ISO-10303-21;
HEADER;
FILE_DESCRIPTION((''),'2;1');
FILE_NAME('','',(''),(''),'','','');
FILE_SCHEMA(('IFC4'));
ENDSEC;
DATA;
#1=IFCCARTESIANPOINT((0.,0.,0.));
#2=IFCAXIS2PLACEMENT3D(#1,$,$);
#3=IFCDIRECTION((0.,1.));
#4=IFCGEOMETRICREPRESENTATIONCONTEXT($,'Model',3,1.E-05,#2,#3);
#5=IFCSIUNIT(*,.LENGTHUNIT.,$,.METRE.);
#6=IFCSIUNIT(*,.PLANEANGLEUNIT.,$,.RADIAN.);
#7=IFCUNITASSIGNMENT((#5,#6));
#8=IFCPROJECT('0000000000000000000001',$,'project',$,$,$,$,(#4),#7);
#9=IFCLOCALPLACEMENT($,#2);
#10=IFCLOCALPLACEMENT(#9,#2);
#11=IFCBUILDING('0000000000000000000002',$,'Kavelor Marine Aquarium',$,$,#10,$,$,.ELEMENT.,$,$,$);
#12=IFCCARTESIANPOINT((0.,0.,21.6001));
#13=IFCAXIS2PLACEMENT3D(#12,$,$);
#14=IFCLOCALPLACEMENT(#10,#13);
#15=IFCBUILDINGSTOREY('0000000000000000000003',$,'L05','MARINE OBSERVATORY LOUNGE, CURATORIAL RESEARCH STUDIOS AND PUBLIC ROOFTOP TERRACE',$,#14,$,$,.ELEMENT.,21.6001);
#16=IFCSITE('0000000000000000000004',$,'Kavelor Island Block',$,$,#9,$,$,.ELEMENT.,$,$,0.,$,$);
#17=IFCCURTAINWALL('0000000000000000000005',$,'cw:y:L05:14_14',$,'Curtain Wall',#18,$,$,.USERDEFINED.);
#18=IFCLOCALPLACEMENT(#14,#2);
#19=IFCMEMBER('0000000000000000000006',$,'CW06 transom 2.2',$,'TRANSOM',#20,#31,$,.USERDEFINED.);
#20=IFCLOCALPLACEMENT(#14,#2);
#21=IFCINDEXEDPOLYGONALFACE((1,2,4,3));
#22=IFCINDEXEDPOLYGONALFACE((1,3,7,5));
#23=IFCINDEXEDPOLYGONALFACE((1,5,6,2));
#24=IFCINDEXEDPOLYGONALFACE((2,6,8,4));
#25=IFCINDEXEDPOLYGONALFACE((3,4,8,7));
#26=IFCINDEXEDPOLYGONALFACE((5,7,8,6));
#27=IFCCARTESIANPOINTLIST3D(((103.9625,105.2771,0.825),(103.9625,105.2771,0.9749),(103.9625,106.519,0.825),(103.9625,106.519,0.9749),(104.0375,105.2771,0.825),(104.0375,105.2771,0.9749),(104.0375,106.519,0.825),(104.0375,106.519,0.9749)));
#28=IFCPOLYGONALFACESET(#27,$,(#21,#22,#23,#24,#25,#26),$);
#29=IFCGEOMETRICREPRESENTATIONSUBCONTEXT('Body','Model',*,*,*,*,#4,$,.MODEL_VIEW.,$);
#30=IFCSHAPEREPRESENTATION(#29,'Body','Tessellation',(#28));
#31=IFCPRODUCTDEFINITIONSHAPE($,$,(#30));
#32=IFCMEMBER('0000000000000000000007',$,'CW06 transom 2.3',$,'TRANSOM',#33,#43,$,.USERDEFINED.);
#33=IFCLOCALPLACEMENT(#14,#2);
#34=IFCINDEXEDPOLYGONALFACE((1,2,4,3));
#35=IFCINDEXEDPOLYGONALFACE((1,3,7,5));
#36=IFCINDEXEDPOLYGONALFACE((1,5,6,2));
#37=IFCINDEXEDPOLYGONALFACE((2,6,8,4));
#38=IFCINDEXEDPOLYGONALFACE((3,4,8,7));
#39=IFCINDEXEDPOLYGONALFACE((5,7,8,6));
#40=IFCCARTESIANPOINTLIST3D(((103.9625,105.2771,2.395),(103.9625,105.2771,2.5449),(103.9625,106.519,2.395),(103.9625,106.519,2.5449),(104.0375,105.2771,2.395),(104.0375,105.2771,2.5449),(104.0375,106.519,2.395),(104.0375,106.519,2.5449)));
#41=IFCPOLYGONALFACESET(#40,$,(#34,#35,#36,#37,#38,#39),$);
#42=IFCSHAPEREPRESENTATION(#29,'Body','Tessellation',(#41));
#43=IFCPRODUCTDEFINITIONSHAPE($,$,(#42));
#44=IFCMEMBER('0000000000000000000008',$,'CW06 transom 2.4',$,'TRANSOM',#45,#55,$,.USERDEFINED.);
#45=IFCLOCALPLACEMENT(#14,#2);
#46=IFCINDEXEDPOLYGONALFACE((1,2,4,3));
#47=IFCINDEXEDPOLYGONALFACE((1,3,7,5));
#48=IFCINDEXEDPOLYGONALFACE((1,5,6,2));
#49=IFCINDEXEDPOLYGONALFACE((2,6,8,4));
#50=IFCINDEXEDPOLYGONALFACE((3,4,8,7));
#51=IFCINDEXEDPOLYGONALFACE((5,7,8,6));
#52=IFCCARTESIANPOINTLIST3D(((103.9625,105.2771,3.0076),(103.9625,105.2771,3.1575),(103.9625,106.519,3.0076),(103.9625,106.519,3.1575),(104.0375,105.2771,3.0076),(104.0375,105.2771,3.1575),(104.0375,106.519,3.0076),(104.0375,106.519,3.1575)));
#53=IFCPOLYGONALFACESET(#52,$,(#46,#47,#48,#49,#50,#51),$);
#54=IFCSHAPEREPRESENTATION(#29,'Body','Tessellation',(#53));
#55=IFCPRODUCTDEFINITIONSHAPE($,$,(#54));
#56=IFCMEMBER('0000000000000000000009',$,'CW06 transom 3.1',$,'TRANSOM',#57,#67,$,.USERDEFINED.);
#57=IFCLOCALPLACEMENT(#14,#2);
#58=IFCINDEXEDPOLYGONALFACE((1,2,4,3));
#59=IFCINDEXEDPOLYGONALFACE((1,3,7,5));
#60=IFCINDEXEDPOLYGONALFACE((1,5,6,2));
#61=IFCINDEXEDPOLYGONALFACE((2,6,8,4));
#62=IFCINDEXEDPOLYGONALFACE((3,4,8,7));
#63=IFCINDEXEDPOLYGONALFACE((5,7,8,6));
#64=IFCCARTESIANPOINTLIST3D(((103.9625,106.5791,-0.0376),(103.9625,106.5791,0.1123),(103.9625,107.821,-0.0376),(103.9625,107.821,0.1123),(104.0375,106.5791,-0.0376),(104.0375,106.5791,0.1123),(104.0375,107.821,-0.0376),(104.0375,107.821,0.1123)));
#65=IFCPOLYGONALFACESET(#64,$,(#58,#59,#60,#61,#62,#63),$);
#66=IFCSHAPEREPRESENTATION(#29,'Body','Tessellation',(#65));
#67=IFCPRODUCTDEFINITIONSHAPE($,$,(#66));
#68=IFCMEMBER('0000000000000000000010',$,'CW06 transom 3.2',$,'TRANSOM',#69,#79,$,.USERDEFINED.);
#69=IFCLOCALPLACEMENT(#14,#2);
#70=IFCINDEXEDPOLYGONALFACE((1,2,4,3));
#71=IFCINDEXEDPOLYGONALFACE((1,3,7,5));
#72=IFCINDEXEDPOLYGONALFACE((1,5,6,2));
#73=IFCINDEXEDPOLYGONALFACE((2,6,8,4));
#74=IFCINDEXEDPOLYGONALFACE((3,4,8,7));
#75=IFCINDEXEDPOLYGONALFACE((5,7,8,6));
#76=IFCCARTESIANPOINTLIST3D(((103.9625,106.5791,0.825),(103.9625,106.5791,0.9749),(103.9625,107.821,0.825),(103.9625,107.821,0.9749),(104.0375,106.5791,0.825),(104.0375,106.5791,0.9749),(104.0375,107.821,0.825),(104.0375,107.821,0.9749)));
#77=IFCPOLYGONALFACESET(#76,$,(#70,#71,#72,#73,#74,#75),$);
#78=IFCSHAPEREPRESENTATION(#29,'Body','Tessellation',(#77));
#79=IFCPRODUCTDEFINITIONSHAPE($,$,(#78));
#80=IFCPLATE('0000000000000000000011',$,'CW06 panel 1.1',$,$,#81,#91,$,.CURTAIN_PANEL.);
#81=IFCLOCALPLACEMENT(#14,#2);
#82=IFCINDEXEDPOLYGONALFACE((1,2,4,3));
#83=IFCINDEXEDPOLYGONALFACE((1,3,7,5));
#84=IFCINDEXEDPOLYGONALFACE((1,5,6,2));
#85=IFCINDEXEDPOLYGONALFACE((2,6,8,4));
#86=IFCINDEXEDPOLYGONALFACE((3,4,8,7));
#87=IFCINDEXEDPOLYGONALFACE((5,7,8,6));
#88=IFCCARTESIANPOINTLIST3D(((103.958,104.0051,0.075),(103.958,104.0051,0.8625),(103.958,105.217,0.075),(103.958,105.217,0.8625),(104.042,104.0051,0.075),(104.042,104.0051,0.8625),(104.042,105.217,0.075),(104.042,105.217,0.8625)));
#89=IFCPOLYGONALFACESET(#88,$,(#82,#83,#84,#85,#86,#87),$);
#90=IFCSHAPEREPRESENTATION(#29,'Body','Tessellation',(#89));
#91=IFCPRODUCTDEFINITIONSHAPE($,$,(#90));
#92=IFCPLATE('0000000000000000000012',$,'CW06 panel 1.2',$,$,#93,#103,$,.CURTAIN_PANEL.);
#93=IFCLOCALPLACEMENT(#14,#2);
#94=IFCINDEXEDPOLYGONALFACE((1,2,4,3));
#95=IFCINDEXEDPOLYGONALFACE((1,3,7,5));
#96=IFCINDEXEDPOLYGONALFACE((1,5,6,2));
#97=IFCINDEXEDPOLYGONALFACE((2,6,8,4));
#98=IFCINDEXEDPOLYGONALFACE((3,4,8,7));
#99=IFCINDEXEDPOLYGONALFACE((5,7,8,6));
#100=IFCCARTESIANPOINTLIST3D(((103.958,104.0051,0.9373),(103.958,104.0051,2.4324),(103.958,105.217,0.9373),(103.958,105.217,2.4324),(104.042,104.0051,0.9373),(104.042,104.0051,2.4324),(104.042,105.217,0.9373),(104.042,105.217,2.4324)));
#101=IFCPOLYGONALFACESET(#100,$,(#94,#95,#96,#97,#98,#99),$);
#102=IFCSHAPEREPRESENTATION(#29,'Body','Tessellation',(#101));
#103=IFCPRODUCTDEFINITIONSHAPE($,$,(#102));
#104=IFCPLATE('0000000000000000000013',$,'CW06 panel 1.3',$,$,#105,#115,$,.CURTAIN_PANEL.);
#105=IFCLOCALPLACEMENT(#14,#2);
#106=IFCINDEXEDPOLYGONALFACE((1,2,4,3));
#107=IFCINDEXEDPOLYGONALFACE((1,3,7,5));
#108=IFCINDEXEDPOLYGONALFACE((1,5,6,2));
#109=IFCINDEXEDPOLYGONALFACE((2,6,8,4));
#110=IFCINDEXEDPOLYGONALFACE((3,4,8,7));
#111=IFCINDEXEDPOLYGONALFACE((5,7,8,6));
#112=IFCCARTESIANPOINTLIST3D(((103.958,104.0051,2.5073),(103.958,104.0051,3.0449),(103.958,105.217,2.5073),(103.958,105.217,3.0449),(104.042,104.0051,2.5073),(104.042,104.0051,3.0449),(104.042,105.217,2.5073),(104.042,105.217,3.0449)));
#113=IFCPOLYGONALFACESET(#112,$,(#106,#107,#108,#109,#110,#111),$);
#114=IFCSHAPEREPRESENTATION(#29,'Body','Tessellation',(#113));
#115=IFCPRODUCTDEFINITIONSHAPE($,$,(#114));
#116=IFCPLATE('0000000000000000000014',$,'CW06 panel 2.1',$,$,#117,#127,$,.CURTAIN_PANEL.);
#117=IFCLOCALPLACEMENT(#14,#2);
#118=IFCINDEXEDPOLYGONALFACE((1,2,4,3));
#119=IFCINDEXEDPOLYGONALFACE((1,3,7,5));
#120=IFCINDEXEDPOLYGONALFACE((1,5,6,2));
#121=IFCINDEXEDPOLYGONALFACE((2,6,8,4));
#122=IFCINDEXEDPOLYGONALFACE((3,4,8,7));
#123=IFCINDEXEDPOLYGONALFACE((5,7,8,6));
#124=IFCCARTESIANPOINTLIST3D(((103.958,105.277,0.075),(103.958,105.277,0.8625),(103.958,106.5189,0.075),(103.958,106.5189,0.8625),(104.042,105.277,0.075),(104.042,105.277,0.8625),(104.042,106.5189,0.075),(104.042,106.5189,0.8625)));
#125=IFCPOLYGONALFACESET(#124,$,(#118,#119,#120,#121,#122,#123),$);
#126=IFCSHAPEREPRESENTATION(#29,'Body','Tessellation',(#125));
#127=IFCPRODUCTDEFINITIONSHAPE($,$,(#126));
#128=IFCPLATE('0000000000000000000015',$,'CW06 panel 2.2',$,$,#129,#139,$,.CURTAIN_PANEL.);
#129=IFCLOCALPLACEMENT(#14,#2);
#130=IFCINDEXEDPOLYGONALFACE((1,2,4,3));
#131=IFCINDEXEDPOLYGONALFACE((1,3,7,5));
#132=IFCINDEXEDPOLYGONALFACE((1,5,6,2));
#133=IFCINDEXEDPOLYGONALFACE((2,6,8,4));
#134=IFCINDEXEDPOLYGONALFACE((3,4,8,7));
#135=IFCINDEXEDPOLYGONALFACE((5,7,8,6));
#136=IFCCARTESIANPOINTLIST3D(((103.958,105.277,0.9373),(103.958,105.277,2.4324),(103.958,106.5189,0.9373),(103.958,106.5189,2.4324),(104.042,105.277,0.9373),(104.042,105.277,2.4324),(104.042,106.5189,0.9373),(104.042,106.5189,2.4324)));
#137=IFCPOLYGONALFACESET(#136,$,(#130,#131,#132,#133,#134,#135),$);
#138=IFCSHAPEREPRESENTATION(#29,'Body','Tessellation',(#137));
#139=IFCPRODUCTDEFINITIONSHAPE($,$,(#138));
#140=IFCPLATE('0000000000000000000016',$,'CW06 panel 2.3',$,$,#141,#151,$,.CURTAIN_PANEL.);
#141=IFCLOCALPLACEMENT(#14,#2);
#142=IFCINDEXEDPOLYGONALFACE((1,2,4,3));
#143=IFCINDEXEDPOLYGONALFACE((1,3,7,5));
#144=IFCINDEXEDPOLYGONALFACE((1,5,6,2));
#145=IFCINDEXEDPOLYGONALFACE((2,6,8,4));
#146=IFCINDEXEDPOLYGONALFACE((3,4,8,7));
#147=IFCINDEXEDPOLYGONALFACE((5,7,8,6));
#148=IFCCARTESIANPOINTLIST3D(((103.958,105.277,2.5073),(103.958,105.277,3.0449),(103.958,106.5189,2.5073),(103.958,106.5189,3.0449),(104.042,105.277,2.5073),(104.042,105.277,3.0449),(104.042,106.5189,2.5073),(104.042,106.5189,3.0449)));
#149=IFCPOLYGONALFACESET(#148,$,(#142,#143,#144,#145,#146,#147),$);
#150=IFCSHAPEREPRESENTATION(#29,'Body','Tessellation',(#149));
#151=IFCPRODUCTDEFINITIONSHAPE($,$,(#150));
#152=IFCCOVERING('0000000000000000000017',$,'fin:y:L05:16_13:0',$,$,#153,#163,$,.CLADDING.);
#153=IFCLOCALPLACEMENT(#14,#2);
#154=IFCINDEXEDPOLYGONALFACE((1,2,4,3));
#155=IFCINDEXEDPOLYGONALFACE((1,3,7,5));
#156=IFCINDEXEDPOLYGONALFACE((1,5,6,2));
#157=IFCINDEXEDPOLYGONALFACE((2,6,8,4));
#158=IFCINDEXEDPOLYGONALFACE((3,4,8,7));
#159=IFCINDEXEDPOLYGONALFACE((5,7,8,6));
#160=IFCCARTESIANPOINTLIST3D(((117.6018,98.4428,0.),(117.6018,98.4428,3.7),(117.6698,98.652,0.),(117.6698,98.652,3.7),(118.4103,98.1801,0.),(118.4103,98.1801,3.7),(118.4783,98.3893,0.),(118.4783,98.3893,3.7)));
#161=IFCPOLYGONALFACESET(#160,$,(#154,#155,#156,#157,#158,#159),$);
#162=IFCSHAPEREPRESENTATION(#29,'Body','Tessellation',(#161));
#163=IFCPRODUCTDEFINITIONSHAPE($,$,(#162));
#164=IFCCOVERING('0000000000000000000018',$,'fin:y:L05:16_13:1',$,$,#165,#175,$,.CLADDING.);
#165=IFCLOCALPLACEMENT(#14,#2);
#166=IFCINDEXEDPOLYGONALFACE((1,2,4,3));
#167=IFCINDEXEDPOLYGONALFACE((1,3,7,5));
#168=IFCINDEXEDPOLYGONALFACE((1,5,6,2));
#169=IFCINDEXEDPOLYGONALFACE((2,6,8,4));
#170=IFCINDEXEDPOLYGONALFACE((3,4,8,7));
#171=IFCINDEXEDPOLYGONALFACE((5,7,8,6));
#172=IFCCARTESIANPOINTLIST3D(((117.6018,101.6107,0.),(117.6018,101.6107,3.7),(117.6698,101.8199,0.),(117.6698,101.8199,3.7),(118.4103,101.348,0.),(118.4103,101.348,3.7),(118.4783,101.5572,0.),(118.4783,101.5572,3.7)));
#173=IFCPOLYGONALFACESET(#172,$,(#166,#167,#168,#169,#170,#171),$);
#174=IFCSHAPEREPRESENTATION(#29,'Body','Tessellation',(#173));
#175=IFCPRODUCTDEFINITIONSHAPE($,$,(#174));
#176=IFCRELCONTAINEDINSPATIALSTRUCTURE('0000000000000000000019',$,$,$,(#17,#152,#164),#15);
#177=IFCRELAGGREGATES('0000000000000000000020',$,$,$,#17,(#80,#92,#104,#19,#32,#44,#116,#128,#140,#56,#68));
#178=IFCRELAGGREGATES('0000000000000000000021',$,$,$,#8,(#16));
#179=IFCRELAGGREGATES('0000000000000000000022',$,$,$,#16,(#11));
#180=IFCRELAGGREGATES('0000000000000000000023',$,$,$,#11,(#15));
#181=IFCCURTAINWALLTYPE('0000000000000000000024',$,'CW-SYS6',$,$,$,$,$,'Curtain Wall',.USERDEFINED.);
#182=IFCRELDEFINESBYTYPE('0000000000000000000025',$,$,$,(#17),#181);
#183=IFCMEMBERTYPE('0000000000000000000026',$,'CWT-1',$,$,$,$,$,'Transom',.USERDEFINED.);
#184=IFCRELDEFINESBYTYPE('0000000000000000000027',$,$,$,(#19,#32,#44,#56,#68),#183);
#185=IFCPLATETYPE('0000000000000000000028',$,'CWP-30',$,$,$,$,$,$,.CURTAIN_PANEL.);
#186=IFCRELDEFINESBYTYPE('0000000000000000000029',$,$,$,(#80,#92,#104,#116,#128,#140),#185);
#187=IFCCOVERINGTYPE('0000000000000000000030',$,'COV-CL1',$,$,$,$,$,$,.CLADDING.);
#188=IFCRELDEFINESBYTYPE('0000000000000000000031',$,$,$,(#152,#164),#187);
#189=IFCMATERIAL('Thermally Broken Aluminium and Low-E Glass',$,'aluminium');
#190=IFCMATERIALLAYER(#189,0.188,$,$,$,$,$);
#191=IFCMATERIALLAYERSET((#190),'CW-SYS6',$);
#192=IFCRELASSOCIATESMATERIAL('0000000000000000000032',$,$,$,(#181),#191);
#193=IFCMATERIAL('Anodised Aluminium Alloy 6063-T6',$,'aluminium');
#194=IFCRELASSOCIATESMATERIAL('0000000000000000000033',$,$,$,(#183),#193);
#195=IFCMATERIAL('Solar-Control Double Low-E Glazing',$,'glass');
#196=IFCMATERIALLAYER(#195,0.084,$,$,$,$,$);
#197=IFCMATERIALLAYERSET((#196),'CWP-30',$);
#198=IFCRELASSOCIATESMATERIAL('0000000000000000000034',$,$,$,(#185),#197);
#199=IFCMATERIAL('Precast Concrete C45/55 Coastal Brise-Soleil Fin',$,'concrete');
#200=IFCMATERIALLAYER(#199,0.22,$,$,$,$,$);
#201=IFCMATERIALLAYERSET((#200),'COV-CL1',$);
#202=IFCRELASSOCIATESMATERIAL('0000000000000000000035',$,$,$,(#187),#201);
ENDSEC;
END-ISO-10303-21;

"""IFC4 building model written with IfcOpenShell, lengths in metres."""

from ifc_helpers import new_model, si_unit, direction, frame, origin, origin_2d, place, context, subcontext, project, spatial, rectangle, extrude, material, layer, layer_set, material_profile, profile_set, type_object, element, aggregate, save


model = new_model("IFC4")

# Units and contexts
model_context = context("Model", 3, precision=1e-05, world=origin(), true_north=direction((0.0, 1.0)))
body_context = subcontext(model_context, "Body", "Model", "MODEL_VIEW")
ifc_project = project(units=[si_unit("LENGTHUNIT", "METRE"), si_unit("PLANEANGLEUNIT", "RADIAN")], contexts=[model_context])

# Site, building, storey
site_placement = place(None, origin())
site = spatial("IfcSite", under=ifc_project, at=site_placement, Name="Kavelor Island Block", CompositionType="ELEMENT", RefElevation=0.0)
building_placement = place(site_placement, origin())
building = spatial("IfcBuilding", under=site, at=building_placement, Name="Kavelor Marine Aquarium", CompositionType="ELEMENT")
storey_placement = place(building_placement, frame((0.0, 0.0, 21.6001)))
storey = spatial("IfcBuildingStorey", under=building, at=storey_placement, Name="L05", Description="MARINE OBSERVATORY LOUNGE, CURATORIAL RESEARCH STUDIOS AND PUBLIC ROOFTOP TERRACE", CompositionType="ELEMENT", Elevation=21.6001)

# Curtain wall, members, plates
ifc_material_1 = material(Name="Thermally Broken Aluminium and Low-E Glass", Category="aluminium")
ifc_layer_1 = layer(ifc_material_1, 0.188)
ifc_layer_set_1 = layer_set([ifc_layer_1], Name="CW-SYS6")
curtain_wall_type = type_object("IfcCurtainWallType", Name="CW-SYS6", ElementType="Curtain Wall", PredefinedType="USERDEFINED", material=ifc_layer_set_1)
curtain_wall_placement = place(storey_placement, origin())
curtain_wall = element("IfcCurtainWall", 1, at=curtain_wall_placement, inside=storey, type_object=curtain_wall_type, Name="cw:y:L05:14_14", ObjectType="Curtain Wall", PredefinedType="USERDEFINED")
ifc_material_2 = material(Name="Anodised Aluminium Alloy 6063-T6", Category="aluminium")
ifc_material_profile_1 = material_profile(ifc_material_2, rectangle(XDim=0.075, YDim=0.1499, at=origin_2d()), Name="CW-TRN 75x150")
ifc_profile_set_1 = profile_set([ifc_material_profile_1], Name="Anodised Aluminium Alloy 6063-T6")
member_type_1 = type_object("IfcMemberType", Name="CWT-1", ElementType="Transom", PredefinedType="USERDEFINED", material=ifc_profile_set_1)
member_1_placement = place(storey_placement, frame((104.0, 105.2771, 0.8999), z_axis=(0.0, 1.0, 0.0), x_axis=(-1.0, 0.0, 0.0)))
member_1 = element("IfcMember", 2, at=member_1_placement, type_object=member_type_1, Name="CW06 transom 2.2", ObjectType="TRANSOM", PredefinedType="USERDEFINED", context=body_context, shape_type="SweptSolid", body=[
    extrude(rectangle(XDim=0.075, YDim=0.1499, at=origin_2d()), origin(), (0.0, 0.0, 1.0), 1.2419),
])
member_2_placement = place(storey_placement, frame((104.0, 105.2771, 2.47), z_axis=(0.0, 1.0, 0.0), x_axis=(-1.0, 0.0, 0.0)))
member_2 = element("IfcMember", 3, at=member_2_placement, type_object=member_type_1, Name="CW06 transom 2.3", ObjectType="TRANSOM", PredefinedType="USERDEFINED", context=body_context, shape_type="SweptSolid", body=[
    extrude(rectangle(XDim=0.075, YDim=0.1499, at=origin_2d()), origin(), (0.0, 0.0, 1.0), 1.2419),
])
member_3_placement = place(storey_placement, frame((104.0, 105.2771, 3.0825), z_axis=(0.0, 1.0, 0.0), x_axis=(-1.0, 0.0, 0.0)))
member_3 = element("IfcMember", 4, at=member_3_placement, type_object=member_type_1, Name="CW06 transom 2.4", ObjectType="TRANSOM", PredefinedType="USERDEFINED", context=body_context, shape_type="SweptSolid", body=[
    extrude(rectangle(XDim=0.075, YDim=0.1499, at=origin_2d()), origin(), (0.0, 0.0, 1.0), 1.2419),
])
member_4_placement = place(storey_placement, frame((104.0, 106.5791, 0.0374), z_axis=(0.0, 1.0, 0.0), x_axis=(-1.0, 0.0, 0.0)))
member_4 = element("IfcMember", 5, at=member_4_placement, type_object=member_type_1, Name="CW06 transom 3.1", ObjectType="TRANSOM", PredefinedType="USERDEFINED", context=body_context, shape_type="SweptSolid", body=[
    extrude(rectangle(XDim=0.075, YDim=0.1499, at=origin_2d()), origin(), (0.0, 0.0, 1.0), 1.2419),
])
member_5_placement = place(storey_placement, frame((104.0, 106.5791, 0.8999), z_axis=(0.0, 1.0, 0.0), x_axis=(-1.0, 0.0, 0.0)))
member_5 = element("IfcMember", 6, at=member_5_placement, type_object=member_type_1, Name="CW06 transom 3.2", ObjectType="TRANSOM", PredefinedType="USERDEFINED", context=body_context, shape_type="SweptSolid", body=[
    extrude(rectangle(XDim=0.075, YDim=0.1499, at=origin_2d()), origin(), (0.0, 0.0, 1.0), 1.2419),
])
ifc_material_3 = material(Name="Solar-Control Double Low-E Glazing", Category="glass")
ifc_layer_2 = layer(ifc_material_3, 0.084)
ifc_layer_set_2 = layer_set([ifc_layer_2], Name="CWP-30")
plate_type = type_object("IfcPlateType", Name="CWP-30", PredefinedType="CURTAIN_PANEL", material=ifc_layer_set_2)
plate_1_placement = place(storey_placement, frame((104.0, 104.6111, 0.075), z_axis=(0.0, 0.0, 1.0), x_axis=(0.0, 1.0, 0.0)))
plate_1 = element("IfcPlate", 7, at=plate_1_placement, type_object=plate_type, Name="CW06 panel 1.1", PredefinedType="CURTAIN_PANEL", context=body_context, shape_type="SweptSolid", body=[
    extrude(rectangle(XDim=1.2119, YDim=0.084, at=origin_2d()), origin(), (0.0, 0.0, 1.0), 0.7876),
])
plate_2_placement = place(storey_placement, frame((104.0, 104.6111, 0.9373), z_axis=(0.0, 0.0, 1.0), x_axis=(0.0, 1.0, 0.0)))
plate_2 = element("IfcPlate", 8, at=plate_2_placement, type_object=plate_type, Name="CW06 panel 1.2", PredefinedType="CURTAIN_PANEL", context=body_context, shape_type="SweptSolid", body=[
    extrude(rectangle(XDim=1.2119, YDim=0.084, at=origin_2d()), origin(), (0.0, 0.0, 1.0), 1.4951),
])
plate_3_placement = place(storey_placement, frame((104.0, 104.6111, 2.5073), z_axis=(0.0, 0.0, 1.0), x_axis=(0.0, 1.0, 0.0)))
plate_3 = element("IfcPlate", 9, at=plate_3_placement, type_object=plate_type, Name="CW06 panel 1.3", PredefinedType="CURTAIN_PANEL", context=body_context, shape_type="SweptSolid", body=[
    extrude(rectangle(XDim=1.2119, YDim=0.084, at=origin_2d()), origin(), (0.0, 0.0, 1.0), 0.5376),
])
plate_4_placement = place(storey_placement, frame((104.0, 105.8979, 0.075), z_axis=(0.0, 0.0, 1.0), x_axis=(0.0, 1.0, 0.0)))
plate_4 = element("IfcPlate", 10, at=plate_4_placement, type_object=plate_type, Name="CW06 panel 2.1", PredefinedType="CURTAIN_PANEL", context=body_context, shape_type="SweptSolid", body=[
    extrude(rectangle(XDim=1.2419, YDim=0.084, at=origin_2d()), origin(), (0.0, 0.0, 1.0), 0.7876),
])
plate_5_placement = place(storey_placement, frame((104.0, 105.8979, 0.9373), z_axis=(0.0, 0.0, 1.0), x_axis=(0.0, 1.0, 0.0)))
plate_5 = element("IfcPlate", 11, at=plate_5_placement, type_object=plate_type, Name="CW06 panel 2.2", PredefinedType="CURTAIN_PANEL", context=body_context, shape_type="SweptSolid", body=[
    extrude(rectangle(XDim=1.2419, YDim=0.084, at=origin_2d()), origin(), (0.0, 0.0, 1.0), 1.4951),
])
plate_6_placement = place(storey_placement, frame((104.0, 105.8979, 2.5073), z_axis=(0.0, 0.0, 1.0), x_axis=(0.0, 1.0, 0.0)))
plate_6 = element("IfcPlate", 12, at=plate_6_placement, type_object=plate_type, Name="CW06 panel 2.3", PredefinedType="CURTAIN_PANEL", context=body_context, shape_type="SweptSolid", body=[
    extrude(rectangle(XDim=1.2419, YDim=0.084, at=origin_2d()), origin(), (0.0, 0.0, 1.0), 0.5376),
])
aggregate(curtain_wall, [plate_1, plate_2, plate_3, member_1, member_2, member_3, plate_4, plate_5, plate_6, member_4, member_5])

# Coverings
ifc_material_4 = material(Name="Precast Concrete C45/55 Coastal Brise-Soleil Fin", Category="concrete")
ifc_layer_3 = layer(ifc_material_4, 0.22)
ifc_layer_set_3 = layer_set([ifc_layer_3], Name="COV-CL1")
covering_type = type_object("IfcCoveringType", Name="COV-CL1", PredefinedType="CLADDING", material=ifc_layer_set_3)
for number, where, z_axis, x_axis, name in (
    (13, (118.04, 98.416, 0.0), (0.0, 0.0, 1.0), (0.951057, -0.309017, 0.0), "fin:y:L05:16_13:0"),
    (14, (118.04, 101.584, 0.0), (0.0, 0.0, 1.0), (0.951057, -0.309017, 0.0), "fin:y:L05:16_13:1"),
):
    element("IfcCovering", number, at=place(storey_placement, frame(where, z_axis=z_axis, x_axis=x_axis)), inside=storey, type_object=covering_type, Name=name, PredefinedType="CLADDING", context=body_context, shape_type="SweptSolid", body=[
        extrude(rectangle(XDim=0.8501, YDim=0.22, at=origin_2d()), origin(), (0.0, 0.0, 1.0), 3.7),
    ])

save(model, "model.ifc")
